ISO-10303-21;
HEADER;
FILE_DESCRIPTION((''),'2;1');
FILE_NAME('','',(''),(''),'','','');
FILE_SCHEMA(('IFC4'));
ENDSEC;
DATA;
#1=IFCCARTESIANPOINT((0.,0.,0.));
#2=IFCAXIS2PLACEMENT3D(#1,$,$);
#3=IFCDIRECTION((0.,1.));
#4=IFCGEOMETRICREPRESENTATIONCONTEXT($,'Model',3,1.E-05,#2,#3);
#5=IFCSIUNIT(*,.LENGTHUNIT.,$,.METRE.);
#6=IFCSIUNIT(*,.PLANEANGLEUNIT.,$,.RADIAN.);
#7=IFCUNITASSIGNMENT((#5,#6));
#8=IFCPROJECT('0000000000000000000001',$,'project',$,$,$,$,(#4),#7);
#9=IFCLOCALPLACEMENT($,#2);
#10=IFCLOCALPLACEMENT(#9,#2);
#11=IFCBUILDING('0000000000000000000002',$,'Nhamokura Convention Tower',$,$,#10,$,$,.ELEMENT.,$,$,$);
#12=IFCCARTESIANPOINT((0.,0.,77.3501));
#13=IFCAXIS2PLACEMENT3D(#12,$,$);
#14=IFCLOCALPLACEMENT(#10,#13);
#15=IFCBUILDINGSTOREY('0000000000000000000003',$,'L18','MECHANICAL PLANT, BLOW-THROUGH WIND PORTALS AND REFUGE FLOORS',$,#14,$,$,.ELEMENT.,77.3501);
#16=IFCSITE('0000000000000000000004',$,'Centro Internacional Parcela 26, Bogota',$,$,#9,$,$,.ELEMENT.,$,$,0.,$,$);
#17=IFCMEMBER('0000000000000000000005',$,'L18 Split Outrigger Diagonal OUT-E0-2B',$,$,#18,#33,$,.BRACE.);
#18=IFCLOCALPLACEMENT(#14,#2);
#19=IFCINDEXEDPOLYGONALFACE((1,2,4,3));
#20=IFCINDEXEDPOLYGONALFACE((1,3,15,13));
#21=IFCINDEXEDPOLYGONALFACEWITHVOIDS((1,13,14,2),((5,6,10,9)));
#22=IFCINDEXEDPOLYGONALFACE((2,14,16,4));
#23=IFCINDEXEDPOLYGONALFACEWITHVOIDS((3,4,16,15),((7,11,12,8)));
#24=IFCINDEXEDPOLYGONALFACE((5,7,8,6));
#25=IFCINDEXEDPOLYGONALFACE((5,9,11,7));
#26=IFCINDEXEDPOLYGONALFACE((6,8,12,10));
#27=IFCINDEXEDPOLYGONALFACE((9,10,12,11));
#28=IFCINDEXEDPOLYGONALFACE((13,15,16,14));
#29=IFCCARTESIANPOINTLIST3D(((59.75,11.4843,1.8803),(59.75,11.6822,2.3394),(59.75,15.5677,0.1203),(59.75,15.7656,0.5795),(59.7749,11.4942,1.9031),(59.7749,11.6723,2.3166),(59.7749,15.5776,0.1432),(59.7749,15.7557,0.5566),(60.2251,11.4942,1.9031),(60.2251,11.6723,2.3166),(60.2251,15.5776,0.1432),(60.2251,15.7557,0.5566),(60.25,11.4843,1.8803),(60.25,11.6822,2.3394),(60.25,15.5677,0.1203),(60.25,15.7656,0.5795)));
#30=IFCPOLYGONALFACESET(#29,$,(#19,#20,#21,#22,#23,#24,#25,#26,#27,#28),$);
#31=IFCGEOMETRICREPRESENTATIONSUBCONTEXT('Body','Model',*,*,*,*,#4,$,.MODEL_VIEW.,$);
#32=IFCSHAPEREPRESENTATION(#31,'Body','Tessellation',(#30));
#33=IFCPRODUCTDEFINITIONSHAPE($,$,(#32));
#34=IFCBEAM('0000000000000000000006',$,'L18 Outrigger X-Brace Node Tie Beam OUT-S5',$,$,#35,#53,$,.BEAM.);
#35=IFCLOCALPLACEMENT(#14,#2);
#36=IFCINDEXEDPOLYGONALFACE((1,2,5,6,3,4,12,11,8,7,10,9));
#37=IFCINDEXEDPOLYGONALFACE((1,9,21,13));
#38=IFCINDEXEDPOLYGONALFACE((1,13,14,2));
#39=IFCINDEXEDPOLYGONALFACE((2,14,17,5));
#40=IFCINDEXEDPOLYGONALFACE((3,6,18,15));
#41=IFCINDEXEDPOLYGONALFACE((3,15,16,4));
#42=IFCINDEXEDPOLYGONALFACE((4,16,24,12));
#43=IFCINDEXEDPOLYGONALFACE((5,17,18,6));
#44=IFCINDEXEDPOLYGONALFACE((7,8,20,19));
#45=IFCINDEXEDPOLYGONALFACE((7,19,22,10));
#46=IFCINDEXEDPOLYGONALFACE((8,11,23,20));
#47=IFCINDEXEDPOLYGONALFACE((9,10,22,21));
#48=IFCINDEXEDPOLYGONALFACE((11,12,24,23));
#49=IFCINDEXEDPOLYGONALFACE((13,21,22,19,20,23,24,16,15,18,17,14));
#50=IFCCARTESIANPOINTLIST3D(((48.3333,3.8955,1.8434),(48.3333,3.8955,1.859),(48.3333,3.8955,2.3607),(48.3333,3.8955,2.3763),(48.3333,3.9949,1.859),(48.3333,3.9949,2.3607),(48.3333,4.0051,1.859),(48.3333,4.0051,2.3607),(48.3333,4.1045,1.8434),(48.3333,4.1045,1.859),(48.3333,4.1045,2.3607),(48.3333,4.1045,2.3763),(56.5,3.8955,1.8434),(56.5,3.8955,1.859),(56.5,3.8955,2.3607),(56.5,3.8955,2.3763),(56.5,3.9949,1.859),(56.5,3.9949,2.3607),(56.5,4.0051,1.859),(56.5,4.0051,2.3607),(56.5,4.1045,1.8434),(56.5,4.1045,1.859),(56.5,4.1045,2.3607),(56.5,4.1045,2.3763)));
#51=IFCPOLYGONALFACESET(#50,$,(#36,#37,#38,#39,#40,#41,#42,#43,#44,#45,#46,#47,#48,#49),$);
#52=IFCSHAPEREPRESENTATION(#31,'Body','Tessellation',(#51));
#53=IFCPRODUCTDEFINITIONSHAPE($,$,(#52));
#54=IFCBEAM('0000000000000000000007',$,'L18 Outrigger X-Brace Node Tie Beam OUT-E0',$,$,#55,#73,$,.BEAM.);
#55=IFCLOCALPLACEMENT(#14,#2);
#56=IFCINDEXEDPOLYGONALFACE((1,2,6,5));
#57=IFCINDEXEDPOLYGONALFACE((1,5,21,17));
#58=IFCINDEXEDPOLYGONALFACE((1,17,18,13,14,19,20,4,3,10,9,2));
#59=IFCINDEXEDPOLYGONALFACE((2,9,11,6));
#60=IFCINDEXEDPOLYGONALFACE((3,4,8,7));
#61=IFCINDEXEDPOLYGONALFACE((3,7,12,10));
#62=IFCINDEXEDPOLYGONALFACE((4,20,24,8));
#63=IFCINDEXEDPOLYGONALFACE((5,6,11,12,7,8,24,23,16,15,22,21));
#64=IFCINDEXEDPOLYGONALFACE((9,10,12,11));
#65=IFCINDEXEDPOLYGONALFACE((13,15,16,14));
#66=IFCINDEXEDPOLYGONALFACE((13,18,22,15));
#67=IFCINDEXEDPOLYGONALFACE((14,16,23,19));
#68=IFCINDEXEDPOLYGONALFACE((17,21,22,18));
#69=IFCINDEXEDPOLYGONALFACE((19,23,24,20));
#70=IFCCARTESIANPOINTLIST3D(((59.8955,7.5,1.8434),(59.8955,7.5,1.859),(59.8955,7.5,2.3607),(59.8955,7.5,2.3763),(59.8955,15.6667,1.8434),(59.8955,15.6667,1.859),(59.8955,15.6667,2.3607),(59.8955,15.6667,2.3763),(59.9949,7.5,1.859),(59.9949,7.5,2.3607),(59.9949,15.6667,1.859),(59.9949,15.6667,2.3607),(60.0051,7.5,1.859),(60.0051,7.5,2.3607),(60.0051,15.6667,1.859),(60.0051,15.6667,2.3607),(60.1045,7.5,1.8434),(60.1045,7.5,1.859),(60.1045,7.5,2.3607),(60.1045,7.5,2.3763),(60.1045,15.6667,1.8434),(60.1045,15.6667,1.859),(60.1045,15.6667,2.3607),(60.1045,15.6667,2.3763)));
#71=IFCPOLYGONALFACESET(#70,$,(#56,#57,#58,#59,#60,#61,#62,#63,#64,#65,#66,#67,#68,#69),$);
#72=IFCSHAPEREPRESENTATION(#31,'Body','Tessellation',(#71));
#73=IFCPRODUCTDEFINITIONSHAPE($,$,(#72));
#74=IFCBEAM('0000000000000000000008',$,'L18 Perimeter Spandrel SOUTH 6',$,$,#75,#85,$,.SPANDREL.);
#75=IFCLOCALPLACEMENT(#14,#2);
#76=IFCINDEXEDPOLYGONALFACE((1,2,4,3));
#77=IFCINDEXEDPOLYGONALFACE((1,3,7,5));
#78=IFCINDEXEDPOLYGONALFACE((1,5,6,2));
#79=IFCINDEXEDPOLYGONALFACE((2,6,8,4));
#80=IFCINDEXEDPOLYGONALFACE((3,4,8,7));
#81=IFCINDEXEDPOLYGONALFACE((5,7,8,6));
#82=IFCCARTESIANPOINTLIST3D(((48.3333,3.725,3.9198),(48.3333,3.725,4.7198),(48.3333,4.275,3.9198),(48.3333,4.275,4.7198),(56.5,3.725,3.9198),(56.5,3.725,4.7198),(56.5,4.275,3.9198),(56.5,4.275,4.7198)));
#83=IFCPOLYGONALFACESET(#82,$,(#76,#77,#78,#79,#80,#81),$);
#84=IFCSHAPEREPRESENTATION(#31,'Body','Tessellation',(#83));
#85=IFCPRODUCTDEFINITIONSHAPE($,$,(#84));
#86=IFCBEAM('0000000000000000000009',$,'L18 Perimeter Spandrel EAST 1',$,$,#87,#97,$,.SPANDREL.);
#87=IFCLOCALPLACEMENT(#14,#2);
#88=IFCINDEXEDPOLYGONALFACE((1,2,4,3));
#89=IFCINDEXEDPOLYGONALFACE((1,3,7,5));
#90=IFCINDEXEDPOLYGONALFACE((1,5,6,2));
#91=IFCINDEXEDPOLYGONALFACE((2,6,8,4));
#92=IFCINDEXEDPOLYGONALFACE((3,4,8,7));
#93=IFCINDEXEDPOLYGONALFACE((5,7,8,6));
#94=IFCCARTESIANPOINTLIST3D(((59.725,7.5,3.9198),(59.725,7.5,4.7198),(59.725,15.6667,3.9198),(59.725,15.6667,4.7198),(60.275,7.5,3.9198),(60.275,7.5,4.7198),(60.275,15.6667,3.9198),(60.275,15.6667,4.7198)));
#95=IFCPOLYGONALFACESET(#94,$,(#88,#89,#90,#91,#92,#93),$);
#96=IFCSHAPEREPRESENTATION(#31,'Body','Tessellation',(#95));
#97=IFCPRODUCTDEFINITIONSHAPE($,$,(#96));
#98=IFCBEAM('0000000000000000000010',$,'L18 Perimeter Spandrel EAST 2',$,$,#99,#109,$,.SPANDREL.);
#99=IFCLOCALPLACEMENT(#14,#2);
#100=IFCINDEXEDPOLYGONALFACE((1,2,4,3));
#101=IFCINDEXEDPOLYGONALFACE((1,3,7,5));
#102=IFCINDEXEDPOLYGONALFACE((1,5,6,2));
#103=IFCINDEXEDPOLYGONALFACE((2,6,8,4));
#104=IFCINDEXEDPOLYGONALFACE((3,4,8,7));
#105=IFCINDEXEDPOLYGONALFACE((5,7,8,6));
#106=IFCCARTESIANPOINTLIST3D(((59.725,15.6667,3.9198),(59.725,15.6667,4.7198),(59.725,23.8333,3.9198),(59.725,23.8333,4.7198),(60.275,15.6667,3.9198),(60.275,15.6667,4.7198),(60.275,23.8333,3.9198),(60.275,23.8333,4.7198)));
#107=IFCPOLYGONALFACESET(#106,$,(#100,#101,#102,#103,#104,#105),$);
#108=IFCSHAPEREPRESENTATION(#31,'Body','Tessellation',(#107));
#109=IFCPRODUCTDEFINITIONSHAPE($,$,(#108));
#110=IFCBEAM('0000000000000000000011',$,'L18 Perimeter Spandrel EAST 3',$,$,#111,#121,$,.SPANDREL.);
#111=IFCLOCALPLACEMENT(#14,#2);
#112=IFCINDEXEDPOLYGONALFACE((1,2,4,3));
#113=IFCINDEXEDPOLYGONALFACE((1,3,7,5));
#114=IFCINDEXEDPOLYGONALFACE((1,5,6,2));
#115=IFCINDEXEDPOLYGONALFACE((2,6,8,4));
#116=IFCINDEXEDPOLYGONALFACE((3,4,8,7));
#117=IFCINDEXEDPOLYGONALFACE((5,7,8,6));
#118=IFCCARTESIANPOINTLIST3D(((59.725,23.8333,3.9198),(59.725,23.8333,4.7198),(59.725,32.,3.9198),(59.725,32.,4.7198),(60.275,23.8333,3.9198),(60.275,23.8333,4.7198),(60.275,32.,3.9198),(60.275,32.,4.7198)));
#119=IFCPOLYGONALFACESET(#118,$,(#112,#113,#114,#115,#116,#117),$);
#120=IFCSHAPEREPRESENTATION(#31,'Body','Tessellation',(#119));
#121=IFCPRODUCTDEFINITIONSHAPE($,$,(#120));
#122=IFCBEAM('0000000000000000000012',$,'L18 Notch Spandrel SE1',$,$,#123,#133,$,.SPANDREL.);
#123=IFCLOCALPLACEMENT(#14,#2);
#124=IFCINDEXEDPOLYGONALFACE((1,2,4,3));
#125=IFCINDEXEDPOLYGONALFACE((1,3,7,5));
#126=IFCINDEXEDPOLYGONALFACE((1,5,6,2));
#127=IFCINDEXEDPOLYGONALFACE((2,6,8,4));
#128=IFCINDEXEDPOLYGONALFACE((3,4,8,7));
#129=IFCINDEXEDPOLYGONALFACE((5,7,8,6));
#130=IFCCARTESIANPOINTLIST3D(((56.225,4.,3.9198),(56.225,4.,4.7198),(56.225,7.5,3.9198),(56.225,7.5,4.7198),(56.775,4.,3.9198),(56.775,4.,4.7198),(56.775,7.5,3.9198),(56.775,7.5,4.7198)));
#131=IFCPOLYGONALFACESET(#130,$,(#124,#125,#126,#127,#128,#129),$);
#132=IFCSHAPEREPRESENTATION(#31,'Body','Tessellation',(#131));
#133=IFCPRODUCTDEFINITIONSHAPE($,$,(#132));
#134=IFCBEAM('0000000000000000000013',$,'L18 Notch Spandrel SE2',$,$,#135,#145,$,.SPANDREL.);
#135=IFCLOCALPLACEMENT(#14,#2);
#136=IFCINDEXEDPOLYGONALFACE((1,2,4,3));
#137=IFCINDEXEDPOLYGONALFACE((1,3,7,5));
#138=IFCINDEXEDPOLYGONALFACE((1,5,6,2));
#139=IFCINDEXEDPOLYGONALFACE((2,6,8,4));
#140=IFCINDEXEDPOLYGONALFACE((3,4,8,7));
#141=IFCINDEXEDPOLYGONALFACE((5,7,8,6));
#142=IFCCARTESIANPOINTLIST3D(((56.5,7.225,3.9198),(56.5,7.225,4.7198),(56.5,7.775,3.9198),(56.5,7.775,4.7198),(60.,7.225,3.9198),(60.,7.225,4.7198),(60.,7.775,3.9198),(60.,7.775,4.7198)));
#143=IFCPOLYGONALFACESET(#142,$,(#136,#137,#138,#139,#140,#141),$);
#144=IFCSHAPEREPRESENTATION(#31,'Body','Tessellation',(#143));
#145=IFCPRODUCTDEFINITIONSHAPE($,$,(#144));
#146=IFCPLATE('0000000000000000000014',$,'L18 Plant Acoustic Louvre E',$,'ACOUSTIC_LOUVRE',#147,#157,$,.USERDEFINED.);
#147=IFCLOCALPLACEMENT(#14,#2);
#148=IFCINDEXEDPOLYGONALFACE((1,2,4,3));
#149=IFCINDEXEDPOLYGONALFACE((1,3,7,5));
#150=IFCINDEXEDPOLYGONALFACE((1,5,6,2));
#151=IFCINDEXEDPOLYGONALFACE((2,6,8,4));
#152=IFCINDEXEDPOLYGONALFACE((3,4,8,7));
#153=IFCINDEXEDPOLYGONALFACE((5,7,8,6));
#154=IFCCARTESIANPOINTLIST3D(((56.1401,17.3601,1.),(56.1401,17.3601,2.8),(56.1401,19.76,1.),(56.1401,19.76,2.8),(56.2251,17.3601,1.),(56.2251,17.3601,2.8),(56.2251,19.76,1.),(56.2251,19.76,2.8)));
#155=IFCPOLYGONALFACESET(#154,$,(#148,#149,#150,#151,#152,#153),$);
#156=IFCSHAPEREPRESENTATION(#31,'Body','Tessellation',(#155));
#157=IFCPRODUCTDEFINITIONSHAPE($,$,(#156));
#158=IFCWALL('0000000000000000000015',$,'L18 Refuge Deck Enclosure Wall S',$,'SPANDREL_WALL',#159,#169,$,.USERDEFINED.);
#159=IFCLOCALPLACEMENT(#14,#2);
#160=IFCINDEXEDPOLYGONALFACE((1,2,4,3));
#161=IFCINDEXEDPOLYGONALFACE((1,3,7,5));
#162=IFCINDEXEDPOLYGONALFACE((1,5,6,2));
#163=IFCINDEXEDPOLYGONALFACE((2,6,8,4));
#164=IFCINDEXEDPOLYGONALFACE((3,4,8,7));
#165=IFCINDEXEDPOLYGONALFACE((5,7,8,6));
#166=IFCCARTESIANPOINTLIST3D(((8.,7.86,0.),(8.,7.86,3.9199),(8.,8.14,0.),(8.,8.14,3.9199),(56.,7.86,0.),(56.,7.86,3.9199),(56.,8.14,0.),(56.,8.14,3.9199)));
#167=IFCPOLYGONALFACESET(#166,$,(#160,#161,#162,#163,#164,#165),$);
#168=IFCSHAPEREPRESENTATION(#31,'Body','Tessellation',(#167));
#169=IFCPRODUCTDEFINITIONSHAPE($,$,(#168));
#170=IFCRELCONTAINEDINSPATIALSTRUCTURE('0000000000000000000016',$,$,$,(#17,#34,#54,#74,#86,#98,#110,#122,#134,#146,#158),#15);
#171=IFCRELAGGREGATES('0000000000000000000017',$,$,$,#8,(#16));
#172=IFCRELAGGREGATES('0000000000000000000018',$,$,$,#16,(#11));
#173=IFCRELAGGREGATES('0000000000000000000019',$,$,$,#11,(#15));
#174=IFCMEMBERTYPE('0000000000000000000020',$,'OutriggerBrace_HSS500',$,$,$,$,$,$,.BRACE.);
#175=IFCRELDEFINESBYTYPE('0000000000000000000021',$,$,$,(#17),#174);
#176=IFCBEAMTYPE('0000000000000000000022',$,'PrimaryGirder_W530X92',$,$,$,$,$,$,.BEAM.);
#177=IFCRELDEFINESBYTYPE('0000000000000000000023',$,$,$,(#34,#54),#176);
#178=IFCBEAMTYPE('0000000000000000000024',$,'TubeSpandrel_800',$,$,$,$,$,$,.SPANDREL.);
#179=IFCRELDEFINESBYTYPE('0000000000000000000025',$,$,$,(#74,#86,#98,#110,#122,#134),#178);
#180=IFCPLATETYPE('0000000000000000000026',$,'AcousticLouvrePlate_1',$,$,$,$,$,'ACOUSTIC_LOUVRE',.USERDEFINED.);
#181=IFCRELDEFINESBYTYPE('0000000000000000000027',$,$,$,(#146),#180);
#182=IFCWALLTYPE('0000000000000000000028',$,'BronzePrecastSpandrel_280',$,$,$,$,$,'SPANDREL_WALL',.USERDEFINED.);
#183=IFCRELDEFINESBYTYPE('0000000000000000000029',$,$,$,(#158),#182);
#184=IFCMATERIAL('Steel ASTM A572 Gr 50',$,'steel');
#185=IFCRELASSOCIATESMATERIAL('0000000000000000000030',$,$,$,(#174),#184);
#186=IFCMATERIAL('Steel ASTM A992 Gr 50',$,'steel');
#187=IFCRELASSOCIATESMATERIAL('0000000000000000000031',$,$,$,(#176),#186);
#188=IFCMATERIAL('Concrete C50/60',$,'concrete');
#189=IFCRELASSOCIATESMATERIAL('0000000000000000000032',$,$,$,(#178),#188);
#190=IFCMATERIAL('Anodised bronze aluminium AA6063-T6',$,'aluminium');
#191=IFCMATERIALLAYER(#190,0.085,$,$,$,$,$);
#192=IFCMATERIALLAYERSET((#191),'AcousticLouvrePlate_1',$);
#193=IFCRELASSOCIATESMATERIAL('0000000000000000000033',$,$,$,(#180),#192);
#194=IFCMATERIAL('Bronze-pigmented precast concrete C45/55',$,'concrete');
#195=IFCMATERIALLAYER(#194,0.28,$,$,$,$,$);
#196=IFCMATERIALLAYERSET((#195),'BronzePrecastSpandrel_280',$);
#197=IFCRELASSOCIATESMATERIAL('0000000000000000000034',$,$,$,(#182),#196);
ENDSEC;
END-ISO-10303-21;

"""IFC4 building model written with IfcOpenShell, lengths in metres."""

from ifc_helpers import new_model, si_unit, direction, frame, frame_2d, origin, origin_2d, place, context, subcontext, project, spatial, rectangle, hollow_rectangle, i_section, extrude, material, layer, layer_set, material_profile, profile_set, type_object, element, save


model = new_model("IFC4")

# Units and contexts
model_context = context("Model", 3, precision=1e-05, world=origin(), true_north=direction((0.0, 1.0)))
body_context = subcontext(model_context, "Body", "Model", "MODEL_VIEW")
ifc_project = project(units=[si_unit("LENGTHUNIT", "METRE"), si_unit("PLANEANGLEUNIT", "RADIAN")], contexts=[model_context])

# Site, building, storey
site_placement = place(None, origin())
site = spatial("IfcSite", under=ifc_project, at=site_placement, Name="Centro Internacional Parcela 26, Bogota", CompositionType="ELEMENT", RefElevation=0.0)
building_placement = place(site_placement, origin())
building = spatial("IfcBuilding", under=site, at=building_placement, Name="Nhamokura Convention Tower", CompositionType="ELEMENT")
storey_placement = place(building_placement, frame((0.0, 0.0, 77.3501)))
storey = spatial("IfcBuildingStorey", under=building, at=storey_placement, Name="L18", Description="MECHANICAL PLANT, BLOW-THROUGH WIND PORTALS AND REFUGE FLOORS", CompositionType="ELEMENT", Elevation=77.3501)

# Member
ifc_material_1 = material(Name="Steel ASTM A572 Gr 50", Category="steel")
ifc_material_profile_1 = material_profile(ifc_material_1, hollow_rectangle(XDim=0.5, YDim=0.5, WallThickness=0.0249, at=origin_2d()))
ifc_profile_set_1 = profile_set([ifc_material_profile_1], Name="Steel ASTM A572 Gr 50")
member_type = type_object("IfcMemberType", Name="OutriggerBrace_HSS500", PredefinedType="BRACE", material=ifc_profile_set_1)
for number, where, z_axis, x_axis, name in (
    (1, (60.0, 11.5833, 2.1099), (0.0, 0.918334, -0.395807), (-1.0, 0.0, 0.0), "L18 Split Outrigger Diagonal OUT-E0-2B"),
):
    element("IfcMember", number, at=place(storey_placement, frame(where, z_axis=z_axis, x_axis=x_axis)), inside=storey, type_object=member_type, Name=name, PredefinedType="BRACE", context=body_context, shape_type="SweptSolid", body=[
        extrude(hollow_rectangle(XDim=0.5, YDim=0.5, WallThickness=0.0249, at=origin_2d()), origin(), (0.0, 0.0, 1.0), 4.4465),
    ])

# Beams
ifc_material_2 = material(Name="Steel ASTM A992 Gr 50", Category="steel")
ifc_material_profile_2 = material_profile(ifc_material_2, i_section(OverallWidth=0.209, OverallDepth=0.533, WebThickness=0.0103, FlangeThickness=0.0156, at=origin_2d()))
ifc_profile_set_2 = profile_set([ifc_material_profile_2], Name="Steel ASTM A992 Gr 50")
beam_type_1 = type_object("IfcBeamType", Name="PrimaryGirder_W530X92", PredefinedType="BEAM", material=ifc_profile_set_2)
for number, where, z_axis, x_axis, name in (
    (2, (48.3333, 4.0, 2.1099), (1.0, 0.0, 0.0), (0.0, 1.0, 0.0), "L18 Outrigger X-Brace Node Tie Beam OUT-S5"),
    (3, (60.0, 7.5, 2.1099), (0.0, 1.0, 0.0), (-1.0, 0.0, 0.0), "L18 Outrigger X-Brace Node Tie Beam OUT-E0"),
):
    element("IfcBeam", number, at=place(storey_placement, frame(where, z_axis=z_axis, x_axis=x_axis)), inside=storey, type_object=beam_type_1, Name=name, PredefinedType="BEAM", context=body_context, shape_type="SweptSolid", body=[
        extrude(i_section(OverallWidth=0.209, OverallDepth=0.533, WebThickness=0.0103, FlangeThickness=0.0156, at=origin_2d()), origin(), (0.0, 0.0, 1.0), 8.1667),
    ])
ifc_material_3 = material(Name="Concrete C50/60", Category="concrete")
ifc_material_profile_3 = material_profile(ifc_material_3, rectangle(XDim=0.55, YDim=0.8, at=origin_2d()))
ifc_profile_set_3 = profile_set([ifc_material_profile_3], Name="Concrete C50/60")
beam_type_2 = type_object("IfcBeamType", Name="TubeSpandrel_800", PredefinedType="SPANDREL", material=ifc_profile_set_3)
for number, where, z_axis, x_axis, name in (
    (4, (48.3333, 4.0, 4.3198), (1.0, 0.0, 0.0), (0.0, 1.0, 0.0), "L18 Perimeter Spandrel SOUTH 6"),
    (5, (60.0, 7.5, 4.3198), (0.0, 1.0, 0.0), (-1.0, 0.0, 0.0), "L18 Perimeter Spandrel EAST 1"),
):
    element("IfcBeam", number, at=place(storey_placement, frame(where, z_axis=z_axis, x_axis=x_axis)), inside=storey, type_object=beam_type_2, Name=name, PredefinedType="SPANDREL", context=body_context, shape_type="SweptSolid", body=[
        extrude(rectangle(XDim=0.55, YDim=0.8, at=origin_2d()), origin(), (0.0, 0.0, 1.0), 8.1667),
    ])
beam_1_placement = place(storey_placement, frame((60.0, 15.6667, 4.3198), z_axis=(0.0, 1.0, 0.0), x_axis=(-1.0, 0.0, 0.0)))
element("IfcBeam", 6, at=beam_1_placement, inside=storey, type_object=beam_type_2, Name="L18 Perimeter Spandrel EAST 2", PredefinedType="SPANDREL", context=body_context, shape_type="SweptSolid", body=[
    extrude(rectangle(XDim=0.55, YDim=0.8, at=origin_2d()), origin(), (0.0, 0.0, 1.0), 8.1665),
])
beam_2_placement = place(storey_placement, frame((60.0, 23.8333, 4.3198), z_axis=(0.0, 1.0, 0.0), x_axis=(-1.0, 0.0, 0.0)))
element("IfcBeam", 7, at=beam_2_placement, inside=storey, type_object=beam_type_2, Name="L18 Perimeter Spandrel EAST 3", PredefinedType="SPANDREL", context=body_context, shape_type="SweptSolid", body=[
    extrude(rectangle(XDim=0.55, YDim=0.8, at=origin_2d()), origin(), (0.0, 0.0, 1.0), 8.1667),
])
for number, where, z_axis, x_axis, name in (
    (8, (56.5, 4.0, 4.3198), (0.0, 1.0, 0.0), (-1.0, 0.0, 0.0), "L18 Notch Spandrel SE1"),
    (9, (56.5, 7.5, 4.3198), (1.0, 0.0, 0.0), (0.0, 1.0, 0.0), "L18 Notch Spandrel SE2"),
):
    element("IfcBeam", number, at=place(storey_placement, frame(where, z_axis=z_axis, x_axis=x_axis)), inside=storey, type_object=beam_type_2, Name=name, PredefinedType="SPANDREL", context=body_context, shape_type="SweptSolid", body=[
        extrude(rectangle(XDim=0.55, YDim=0.8, at=origin_2d()), origin(), (0.0, 0.0, 1.0), 3.5),
    ])

# Plate
ifc_material_4 = material(Name="Anodised bronze aluminium AA6063-T6", Category="aluminium")
ifc_layer_1 = layer(ifc_material_4, 0.085)
ifc_layer_set_1 = layer_set([ifc_layer_1], Name="AcousticLouvrePlate_1")
plate_type = type_object("IfcPlateType", Name="AcousticLouvrePlate_1", ElementType="ACOUSTIC_LOUVRE", PredefinedType="USERDEFINED", material=ifc_layer_set_1)
plate_placement = place(storey_placement, frame((56.1826, 18.5601, 1.0), z_axis=(0.0, 0.0, 1.0), x_axis=(0.0, -1.0, 0.0)))
element("IfcPlate", 10, at=plate_placement, inside=storey, type_object=plate_type, Name="L18 Plant Acoustic Louvre E", ObjectType="ACOUSTIC_LOUVRE", PredefinedType="USERDEFINED", context=body_context, shape_type="SweptSolid", body=[
    extrude(rectangle(XDim=2.3999, YDim=0.085, at=origin_2d()), origin(), (0.0, 0.0, 1.0), 1.8),
])

# Wall
ifc_material_5 = material(Name="Bronze-pigmented precast concrete C45/55", Category="concrete")
ifc_layer_2 = layer(ifc_material_5, 0.28)
ifc_layer_set_2 = layer_set([ifc_layer_2], Name="BronzePrecastSpandrel_280")
wall_type = type_object("IfcWallType", Name="BronzePrecastSpandrel_280", ElementType="SPANDREL_WALL", PredefinedType="USERDEFINED", material=ifc_layer_set_2)
wall_placement = place(storey_placement, frame((56.0, 8.0, 0.0), z_axis=(0.0, 0.0, 1.0), x_axis=(-1.0, 0.0, 0.0)))
element("IfcWall", 11, at=wall_placement, inside=storey, type_object=wall_type, Name="L18 Refuge Deck Enclosure Wall S", ObjectType="SPANDREL_WALL", PredefinedType="USERDEFINED", context=body_context, shape_type="SweptSolid", body=[
    extrude(rectangle(XDim=48.0, YDim=0.28, at=frame_2d((24.0, 0.0))), origin(), (0.0, 0.0, 1.0), 3.9199),
])

save(model, "model.ifc")
